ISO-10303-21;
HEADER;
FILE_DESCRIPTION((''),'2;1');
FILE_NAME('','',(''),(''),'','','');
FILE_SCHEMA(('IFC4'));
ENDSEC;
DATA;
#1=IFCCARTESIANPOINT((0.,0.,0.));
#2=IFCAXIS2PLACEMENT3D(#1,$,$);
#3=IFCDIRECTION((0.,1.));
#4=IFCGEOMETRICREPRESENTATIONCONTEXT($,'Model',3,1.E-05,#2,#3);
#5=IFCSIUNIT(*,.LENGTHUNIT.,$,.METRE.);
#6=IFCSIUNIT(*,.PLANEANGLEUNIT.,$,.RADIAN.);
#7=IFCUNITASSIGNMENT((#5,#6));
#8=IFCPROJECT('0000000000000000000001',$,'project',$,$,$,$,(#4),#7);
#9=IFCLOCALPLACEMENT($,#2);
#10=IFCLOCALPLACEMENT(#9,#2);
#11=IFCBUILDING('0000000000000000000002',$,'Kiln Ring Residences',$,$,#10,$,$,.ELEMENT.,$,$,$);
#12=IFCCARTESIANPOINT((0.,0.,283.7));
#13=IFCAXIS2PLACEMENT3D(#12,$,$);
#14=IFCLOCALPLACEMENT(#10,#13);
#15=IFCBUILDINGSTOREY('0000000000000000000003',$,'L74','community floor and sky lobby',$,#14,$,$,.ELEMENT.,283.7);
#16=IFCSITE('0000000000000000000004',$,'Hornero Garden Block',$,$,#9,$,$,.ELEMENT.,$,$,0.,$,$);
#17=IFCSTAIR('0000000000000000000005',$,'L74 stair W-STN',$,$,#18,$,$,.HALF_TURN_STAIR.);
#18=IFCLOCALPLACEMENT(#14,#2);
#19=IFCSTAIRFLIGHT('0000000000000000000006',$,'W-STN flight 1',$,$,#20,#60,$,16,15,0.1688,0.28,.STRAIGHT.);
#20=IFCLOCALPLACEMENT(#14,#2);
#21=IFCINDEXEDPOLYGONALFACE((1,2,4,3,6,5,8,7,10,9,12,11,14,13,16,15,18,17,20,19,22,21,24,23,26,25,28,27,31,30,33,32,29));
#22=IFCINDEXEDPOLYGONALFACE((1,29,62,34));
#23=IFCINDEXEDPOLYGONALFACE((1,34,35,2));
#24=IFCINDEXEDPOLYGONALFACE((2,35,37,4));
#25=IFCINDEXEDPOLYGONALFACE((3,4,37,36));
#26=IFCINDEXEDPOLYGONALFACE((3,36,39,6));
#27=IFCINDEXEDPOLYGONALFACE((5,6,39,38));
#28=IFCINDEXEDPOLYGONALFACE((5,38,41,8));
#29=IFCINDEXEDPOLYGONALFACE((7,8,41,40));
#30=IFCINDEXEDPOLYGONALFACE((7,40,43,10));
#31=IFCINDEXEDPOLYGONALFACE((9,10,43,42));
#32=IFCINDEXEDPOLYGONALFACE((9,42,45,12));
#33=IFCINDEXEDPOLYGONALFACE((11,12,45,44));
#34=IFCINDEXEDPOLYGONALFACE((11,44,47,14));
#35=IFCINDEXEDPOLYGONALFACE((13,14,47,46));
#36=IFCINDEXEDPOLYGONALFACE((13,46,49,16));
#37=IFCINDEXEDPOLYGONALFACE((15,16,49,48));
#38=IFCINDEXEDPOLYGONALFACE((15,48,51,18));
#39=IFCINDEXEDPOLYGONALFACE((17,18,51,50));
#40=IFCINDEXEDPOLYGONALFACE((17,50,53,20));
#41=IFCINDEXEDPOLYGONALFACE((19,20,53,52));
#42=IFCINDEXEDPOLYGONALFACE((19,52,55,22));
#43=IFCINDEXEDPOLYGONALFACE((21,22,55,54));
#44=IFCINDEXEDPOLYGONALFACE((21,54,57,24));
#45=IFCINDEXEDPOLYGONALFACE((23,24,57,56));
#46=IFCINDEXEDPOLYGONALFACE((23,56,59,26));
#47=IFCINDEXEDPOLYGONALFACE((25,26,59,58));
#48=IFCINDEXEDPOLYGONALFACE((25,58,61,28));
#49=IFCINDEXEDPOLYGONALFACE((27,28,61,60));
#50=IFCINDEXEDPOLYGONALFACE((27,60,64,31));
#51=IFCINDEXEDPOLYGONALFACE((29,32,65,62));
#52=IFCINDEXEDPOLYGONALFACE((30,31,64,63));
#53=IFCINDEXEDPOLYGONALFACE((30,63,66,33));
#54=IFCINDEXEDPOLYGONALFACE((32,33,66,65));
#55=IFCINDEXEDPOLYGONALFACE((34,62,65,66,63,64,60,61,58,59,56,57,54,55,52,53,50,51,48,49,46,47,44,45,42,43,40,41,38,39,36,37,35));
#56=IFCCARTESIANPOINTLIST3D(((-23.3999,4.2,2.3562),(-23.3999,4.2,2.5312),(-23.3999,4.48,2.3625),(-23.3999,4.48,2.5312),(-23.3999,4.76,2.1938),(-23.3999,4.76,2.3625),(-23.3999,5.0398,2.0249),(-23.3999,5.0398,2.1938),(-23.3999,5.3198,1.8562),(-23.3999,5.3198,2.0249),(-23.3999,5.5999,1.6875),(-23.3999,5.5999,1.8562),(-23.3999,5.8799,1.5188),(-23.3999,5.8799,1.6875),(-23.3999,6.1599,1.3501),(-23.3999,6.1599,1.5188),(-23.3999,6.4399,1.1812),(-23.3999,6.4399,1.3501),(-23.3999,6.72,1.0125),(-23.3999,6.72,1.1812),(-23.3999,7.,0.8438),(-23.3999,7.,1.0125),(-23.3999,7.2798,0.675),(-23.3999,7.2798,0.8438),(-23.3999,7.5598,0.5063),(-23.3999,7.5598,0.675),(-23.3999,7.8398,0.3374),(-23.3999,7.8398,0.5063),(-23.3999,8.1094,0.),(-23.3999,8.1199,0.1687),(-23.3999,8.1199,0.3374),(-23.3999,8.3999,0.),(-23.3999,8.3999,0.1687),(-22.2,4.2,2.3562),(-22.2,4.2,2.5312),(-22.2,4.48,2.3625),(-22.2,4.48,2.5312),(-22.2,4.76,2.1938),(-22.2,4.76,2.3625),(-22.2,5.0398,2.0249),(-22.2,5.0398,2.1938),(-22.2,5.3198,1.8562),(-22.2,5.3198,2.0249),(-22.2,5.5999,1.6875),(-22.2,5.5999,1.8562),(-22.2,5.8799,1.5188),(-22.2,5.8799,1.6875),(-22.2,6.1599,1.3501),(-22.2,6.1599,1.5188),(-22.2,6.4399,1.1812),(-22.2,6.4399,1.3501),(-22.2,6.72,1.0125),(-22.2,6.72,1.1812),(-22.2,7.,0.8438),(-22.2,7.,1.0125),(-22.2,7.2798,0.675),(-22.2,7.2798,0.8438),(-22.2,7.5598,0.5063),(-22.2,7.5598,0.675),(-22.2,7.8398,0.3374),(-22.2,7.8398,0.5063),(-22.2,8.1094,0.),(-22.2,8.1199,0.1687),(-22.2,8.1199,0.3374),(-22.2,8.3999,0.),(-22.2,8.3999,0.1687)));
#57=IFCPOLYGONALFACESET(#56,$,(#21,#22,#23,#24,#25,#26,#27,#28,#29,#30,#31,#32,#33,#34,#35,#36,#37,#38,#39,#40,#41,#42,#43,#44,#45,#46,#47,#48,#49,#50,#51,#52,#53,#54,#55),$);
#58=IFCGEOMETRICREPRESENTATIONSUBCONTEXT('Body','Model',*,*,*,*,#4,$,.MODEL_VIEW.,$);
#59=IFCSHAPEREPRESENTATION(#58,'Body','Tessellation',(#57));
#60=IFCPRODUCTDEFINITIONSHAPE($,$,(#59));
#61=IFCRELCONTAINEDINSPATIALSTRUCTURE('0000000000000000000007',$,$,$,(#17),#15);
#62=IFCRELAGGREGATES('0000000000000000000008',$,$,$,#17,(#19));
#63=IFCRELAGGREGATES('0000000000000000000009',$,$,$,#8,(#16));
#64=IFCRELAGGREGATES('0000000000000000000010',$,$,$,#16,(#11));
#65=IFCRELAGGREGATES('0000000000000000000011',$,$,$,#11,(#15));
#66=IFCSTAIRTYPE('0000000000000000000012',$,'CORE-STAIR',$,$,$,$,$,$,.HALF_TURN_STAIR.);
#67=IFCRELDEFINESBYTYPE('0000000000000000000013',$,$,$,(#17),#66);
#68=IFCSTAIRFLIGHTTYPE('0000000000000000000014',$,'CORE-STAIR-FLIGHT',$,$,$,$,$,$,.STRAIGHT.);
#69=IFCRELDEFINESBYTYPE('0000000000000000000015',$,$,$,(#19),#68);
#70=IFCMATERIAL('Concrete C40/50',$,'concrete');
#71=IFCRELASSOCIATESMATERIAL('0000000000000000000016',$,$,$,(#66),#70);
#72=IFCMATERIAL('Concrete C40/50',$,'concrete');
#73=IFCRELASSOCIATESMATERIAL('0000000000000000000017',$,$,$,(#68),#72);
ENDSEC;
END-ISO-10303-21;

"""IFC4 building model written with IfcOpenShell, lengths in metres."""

from ifc_helpers import new_model, si_unit, direction, frame, origin, place, context, subcontext, project, spatial, polyline, outline, extrude, material, type_object, element, aggregate, save


model = new_model("IFC4")

# Units and contexts
model_context = context("Model", 3, precision=1e-05, world=origin(), true_north=direction((0.0, 1.0)))
body_context = subcontext(model_context, "Body", "Model", "MODEL_VIEW")
ifc_project = project(units=[si_unit("LENGTHUNIT", "METRE"), si_unit("PLANEANGLEUNIT", "RADIAN")], contexts=[model_context])

# Site, building, storey
site_placement = place(None, origin())
site = spatial("IfcSite", under=ifc_project, at=site_placement, Name="Hornero Garden Block", CompositionType="ELEMENT", RefElevation=0.0)
building_placement = place(site_placement, origin())
building = spatial("IfcBuilding", under=site, at=building_placement, Name="Kiln Ring Residences", CompositionType="ELEMENT")
storey_placement = place(building_placement, frame((0.0, 0.0, 283.7)))
storey = spatial("IfcBuildingStorey", under=building, at=storey_placement, Name="L74", Description="community floor and sky lobby", CompositionType="ELEMENT", Elevation=283.7)

# Shared definitions
placement = place(storey_placement, origin())

# Stair, stair flight
ifc_material_1 = material(Name="Concrete C40/50", Category="concrete")
stair_type = type_object("IfcStairType", Name="CORE-STAIR", PredefinedType="HALF_TURN_STAIR", material=ifc_material_1)
stair = element("IfcStair", 1, at=placement, inside=storey, type_object=stair_type, Name="L74 stair W-STN", PredefinedType="HALF_TURN_STAIR")
ifc_material_2 = material(Name="Concrete C40/50", Category="concrete")
stair_flight_type = type_object("IfcStairFlightType", Name="CORE-STAIR-FLIGHT", PredefinedType="STRAIGHT", material=ifc_material_2)
stair_flight_placement = place(storey_placement, frame((-22.8, 8.3999, 0.0), z_axis=(0.0, 0.0, 1.0), x_axis=(0.0, -1.0, 0.0)))
stair_flight = element("IfcStairFlight", 2, at=stair_flight_placement, type_object=stair_flight_type, Name="W-STN flight 1", NumberOfRisers=16, NumberOfTreads=15, PredefinedType="STRAIGHT", RiserHeight=0.1688, TreadLength=0.28, context=body_context, shape_type="SweptSolid", body=[
    extrude(outline(polyline([(0.0, 0.0), (0.0, 0.1687), (0.28, 0.1687), (0.28, 0.3374), (0.5601, 0.3374), (0.5601, 0.5063), (0.8401, 0.5063), (0.8401, 0.675), (1.1201, 0.675), (1.1201, 0.8438), (1.3999, 0.8438), (1.3999, 1.0125), (1.6799, 1.0125), (1.6799, 1.1812), (1.96, 1.1812), (1.96, 1.3501), (2.24, 1.3501), (2.24, 1.5188), (2.52, 1.5188), (2.52, 1.6875), (2.8, 1.6875), (2.8, 1.8562), (3.0801, 1.8562), (3.0801, 2.0249), (3.3601, 2.0249), (3.3601, 2.1938), (3.6399, 2.1938), (3.6399, 2.3625), (3.9199, 2.3625), (3.9199, 2.5312), (4.2, 2.5312), (4.2, 2.7), (4.2, 2.3562), (0.2905, 0.0), (0.0, 0.0)])), frame((0.0, 0.6001, 0.0), z_axis=(0.0, -1.0, 0.0), x_axis=(1.0, 0.0, 0.0)), (0.0, 0.0, 1.0), 1.2),
])
aggregate(stair, [stair_flight])

save(model, "model.ifc")
